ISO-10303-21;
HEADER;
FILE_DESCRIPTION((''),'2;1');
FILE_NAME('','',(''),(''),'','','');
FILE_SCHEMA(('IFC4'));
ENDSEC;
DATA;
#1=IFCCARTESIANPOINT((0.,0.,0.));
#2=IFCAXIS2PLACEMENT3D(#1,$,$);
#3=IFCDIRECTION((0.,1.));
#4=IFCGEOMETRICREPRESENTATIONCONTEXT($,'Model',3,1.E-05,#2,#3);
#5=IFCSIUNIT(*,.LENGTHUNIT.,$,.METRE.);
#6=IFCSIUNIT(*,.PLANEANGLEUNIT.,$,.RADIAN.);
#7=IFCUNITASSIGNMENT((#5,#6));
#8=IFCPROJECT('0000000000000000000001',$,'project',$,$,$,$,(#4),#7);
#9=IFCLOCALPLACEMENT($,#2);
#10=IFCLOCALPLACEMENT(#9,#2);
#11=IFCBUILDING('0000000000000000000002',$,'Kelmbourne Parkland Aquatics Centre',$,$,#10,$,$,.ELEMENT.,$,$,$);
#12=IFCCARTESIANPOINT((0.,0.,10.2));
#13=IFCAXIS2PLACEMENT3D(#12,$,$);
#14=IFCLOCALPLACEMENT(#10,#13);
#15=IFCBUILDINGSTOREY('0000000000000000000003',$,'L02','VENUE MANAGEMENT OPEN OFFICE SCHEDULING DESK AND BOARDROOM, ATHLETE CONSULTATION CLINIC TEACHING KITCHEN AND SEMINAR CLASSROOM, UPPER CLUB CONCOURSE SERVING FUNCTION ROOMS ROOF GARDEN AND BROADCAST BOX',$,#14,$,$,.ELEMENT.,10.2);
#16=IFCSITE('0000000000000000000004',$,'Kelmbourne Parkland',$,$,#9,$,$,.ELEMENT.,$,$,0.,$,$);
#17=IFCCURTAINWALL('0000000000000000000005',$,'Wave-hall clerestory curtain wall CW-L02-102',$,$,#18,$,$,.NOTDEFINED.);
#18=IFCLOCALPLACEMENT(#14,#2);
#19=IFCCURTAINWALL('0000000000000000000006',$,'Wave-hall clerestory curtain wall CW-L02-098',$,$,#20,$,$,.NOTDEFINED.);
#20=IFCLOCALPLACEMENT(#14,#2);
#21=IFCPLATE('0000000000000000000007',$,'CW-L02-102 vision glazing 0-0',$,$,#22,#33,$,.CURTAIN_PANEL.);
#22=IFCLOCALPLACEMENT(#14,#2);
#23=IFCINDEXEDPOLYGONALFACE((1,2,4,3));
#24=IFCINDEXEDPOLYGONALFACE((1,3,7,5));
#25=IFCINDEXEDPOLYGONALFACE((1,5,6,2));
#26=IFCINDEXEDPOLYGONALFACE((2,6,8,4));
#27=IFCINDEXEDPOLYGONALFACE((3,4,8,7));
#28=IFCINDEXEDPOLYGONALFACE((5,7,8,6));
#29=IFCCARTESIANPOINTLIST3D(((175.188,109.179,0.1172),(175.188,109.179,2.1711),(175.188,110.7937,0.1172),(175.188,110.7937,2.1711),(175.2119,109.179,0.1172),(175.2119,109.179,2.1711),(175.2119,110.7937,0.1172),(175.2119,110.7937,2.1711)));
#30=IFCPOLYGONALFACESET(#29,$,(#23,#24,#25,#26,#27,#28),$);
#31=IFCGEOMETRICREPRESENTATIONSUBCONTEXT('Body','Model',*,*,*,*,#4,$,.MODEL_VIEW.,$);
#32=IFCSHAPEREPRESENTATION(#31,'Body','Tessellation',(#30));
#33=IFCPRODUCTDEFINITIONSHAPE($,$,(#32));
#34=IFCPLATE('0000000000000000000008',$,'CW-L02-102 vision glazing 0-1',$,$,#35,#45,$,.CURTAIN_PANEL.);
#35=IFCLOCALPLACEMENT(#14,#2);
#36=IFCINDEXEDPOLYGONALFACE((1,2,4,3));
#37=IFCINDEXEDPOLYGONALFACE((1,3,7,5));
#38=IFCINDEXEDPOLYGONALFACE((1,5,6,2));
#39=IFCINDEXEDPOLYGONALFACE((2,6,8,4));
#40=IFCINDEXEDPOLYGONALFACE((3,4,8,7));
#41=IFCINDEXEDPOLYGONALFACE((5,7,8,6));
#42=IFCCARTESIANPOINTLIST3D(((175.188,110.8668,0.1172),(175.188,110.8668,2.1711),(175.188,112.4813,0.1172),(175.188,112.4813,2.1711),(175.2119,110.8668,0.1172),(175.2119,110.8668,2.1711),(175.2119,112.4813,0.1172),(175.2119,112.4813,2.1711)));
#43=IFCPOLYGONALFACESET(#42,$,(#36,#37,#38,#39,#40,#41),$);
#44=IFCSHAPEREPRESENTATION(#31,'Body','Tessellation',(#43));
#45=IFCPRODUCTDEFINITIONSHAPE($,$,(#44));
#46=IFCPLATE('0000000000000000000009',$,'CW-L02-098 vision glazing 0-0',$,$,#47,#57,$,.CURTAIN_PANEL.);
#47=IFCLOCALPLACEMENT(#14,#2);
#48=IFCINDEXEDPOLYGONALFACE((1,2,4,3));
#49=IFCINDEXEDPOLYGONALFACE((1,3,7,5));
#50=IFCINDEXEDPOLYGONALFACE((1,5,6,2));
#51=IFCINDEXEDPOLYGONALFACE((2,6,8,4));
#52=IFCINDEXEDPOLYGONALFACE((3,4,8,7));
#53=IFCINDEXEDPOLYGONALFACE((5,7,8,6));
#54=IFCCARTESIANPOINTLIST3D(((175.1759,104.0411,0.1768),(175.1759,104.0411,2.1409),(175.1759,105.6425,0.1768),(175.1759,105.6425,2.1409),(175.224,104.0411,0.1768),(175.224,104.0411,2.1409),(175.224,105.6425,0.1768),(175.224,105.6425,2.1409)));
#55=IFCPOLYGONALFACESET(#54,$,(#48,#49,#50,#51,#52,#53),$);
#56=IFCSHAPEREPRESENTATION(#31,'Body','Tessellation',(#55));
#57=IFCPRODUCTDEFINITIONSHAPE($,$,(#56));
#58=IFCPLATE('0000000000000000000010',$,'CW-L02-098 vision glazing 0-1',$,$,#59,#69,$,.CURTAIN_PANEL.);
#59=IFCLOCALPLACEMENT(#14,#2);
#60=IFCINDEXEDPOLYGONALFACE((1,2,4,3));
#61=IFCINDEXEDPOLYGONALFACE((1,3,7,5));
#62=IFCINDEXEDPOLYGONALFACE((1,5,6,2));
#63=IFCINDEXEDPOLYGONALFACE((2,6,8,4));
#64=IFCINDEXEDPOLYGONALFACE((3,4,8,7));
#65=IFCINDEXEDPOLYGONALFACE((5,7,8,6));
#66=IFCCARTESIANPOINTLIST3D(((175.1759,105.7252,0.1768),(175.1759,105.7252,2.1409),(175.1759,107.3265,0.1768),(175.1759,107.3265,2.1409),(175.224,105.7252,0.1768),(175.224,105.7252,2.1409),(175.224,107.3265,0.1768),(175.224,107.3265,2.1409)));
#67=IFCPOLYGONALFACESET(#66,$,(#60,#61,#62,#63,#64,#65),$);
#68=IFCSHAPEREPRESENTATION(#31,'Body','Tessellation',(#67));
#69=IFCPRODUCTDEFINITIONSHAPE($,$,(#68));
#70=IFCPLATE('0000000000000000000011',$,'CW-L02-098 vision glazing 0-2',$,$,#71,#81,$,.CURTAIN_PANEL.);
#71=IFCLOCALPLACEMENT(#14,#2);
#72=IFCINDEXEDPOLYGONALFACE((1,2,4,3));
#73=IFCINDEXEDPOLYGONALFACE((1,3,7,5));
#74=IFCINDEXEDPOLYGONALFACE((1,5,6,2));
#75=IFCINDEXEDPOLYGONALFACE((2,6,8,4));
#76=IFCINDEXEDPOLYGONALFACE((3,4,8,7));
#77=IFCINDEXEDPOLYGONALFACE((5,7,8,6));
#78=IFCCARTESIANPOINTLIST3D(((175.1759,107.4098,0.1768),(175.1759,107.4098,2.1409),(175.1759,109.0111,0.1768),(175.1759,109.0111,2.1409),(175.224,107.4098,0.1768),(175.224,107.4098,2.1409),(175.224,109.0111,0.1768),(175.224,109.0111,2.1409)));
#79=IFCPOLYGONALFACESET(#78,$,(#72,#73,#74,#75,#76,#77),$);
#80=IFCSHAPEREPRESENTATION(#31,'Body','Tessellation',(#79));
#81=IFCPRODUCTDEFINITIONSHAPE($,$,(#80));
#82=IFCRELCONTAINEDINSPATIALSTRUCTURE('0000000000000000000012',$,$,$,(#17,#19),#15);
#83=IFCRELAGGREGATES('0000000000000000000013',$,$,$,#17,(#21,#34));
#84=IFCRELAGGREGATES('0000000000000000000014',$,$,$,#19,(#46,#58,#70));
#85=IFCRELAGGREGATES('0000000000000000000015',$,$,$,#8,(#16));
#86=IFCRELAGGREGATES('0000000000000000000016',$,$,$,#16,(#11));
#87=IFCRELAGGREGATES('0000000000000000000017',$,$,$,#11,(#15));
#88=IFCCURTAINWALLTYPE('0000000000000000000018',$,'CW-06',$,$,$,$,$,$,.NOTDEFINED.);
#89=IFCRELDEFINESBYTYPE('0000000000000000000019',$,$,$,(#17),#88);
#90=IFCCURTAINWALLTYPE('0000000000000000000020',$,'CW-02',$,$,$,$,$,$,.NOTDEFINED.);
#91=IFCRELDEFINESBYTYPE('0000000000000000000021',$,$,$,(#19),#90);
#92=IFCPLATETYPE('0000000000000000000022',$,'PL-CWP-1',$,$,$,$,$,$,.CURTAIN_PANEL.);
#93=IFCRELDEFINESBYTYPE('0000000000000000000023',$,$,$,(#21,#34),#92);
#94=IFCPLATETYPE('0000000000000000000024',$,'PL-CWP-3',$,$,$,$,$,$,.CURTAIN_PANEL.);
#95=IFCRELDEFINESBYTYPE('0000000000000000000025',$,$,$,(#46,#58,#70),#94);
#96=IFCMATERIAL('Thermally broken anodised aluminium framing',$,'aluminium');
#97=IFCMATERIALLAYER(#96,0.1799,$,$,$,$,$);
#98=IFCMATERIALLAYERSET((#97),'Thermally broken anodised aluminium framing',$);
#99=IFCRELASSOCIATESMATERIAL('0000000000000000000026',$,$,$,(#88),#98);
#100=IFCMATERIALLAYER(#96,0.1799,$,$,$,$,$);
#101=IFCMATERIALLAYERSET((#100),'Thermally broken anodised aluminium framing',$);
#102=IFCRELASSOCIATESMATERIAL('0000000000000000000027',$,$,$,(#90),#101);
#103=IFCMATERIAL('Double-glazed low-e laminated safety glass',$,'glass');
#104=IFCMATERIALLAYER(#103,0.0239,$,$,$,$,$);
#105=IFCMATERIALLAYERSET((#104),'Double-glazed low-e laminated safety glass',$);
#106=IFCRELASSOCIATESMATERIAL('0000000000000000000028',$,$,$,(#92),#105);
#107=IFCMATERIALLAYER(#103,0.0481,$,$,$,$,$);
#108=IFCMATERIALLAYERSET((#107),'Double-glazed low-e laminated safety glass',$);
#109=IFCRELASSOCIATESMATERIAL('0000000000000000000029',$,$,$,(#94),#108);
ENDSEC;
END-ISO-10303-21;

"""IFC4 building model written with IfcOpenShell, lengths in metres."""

from ifc_helpers import new_model, si_unit, direction, frame, origin, origin_2d, place, context, subcontext, project, spatial, rectangle, extrude, material, layer, layer_set, type_object, element, aggregate, save


model = new_model("IFC4")

# Units and contexts
model_context = context("Model", 3, precision=1e-05, world=origin(), true_north=direction((0.0, 1.0)))
body_context = subcontext(model_context, "Body", "Model", "MODEL_VIEW")
ifc_project = project(units=[si_unit("LENGTHUNIT", "METRE"), si_unit("PLANEANGLEUNIT", "RADIAN")], contexts=[model_context])

# Site, building, storey
site_placement = place(None, origin())
site = spatial("IfcSite", under=ifc_project, at=site_placement, Name="Kelmbourne Parkland", CompositionType="ELEMENT", RefElevation=0.0)
building_placement = place(site_placement, origin())
building = spatial("IfcBuilding", under=site, at=building_placement, Name="Kelmbourne Parkland Aquatics Centre", CompositionType="ELEMENT")
storey_placement = place(building_placement, frame((0.0, 0.0, 10.2)))
storey = spatial("IfcBuildingStorey", under=building, at=storey_placement, Name="L02", Description="VENUE MANAGEMENT OPEN OFFICE SCHEDULING DESK AND BOARDROOM, ATHLETE CONSULTATION CLINIC TEACHING KITCHEN AND SEMINAR CLASSROOM, UPPER CLUB CONCOURSE SERVING FUNCTION ROOMS ROOF GARDEN AND BROADCAST BOX", CompositionType="ELEMENT", Elevation=10.2)

# Curtain walls
ifc_material_1 = material(Name="Thermally broken anodised aluminium framing", Category="aluminium")
ifc_layer_1 = layer(ifc_material_1, 0.1799)
ifc_layer_set_1 = layer_set([ifc_layer_1], Name="Thermally broken anodised aluminium framing")
curtain_wall_type_1 = type_object("IfcCurtainWallType", Name="CW-06", PredefinedType="NOTDEFINED", material=ifc_layer_set_1)
curtain_wall_1_placement = place(storey_placement, origin())
curtain_wall_1 = element("IfcCurtainWall", 1, at=curtain_wall_1_placement, inside=storey, type_object=curtain_wall_type_1, Name="Wave-hall clerestory curtain wall CW-L02-102", PredefinedType="NOTDEFINED")
ifc_layer_2 = layer(ifc_material_1, 0.1799)
ifc_layer_set_2 = layer_set([ifc_layer_2], Name="Thermally broken anodised aluminium framing")
curtain_wall_type_2 = type_object("IfcCurtainWallType", Name="CW-02", PredefinedType="NOTDEFINED", material=ifc_layer_set_2)
curtain_wall_2_placement = place(storey_placement, origin())
curtain_wall_2 = element("IfcCurtainWall", 2, at=curtain_wall_2_placement, inside=storey, type_object=curtain_wall_type_2, Name="Wave-hall clerestory curtain wall CW-L02-098", PredefinedType="NOTDEFINED")

# Plates
ifc_material_2 = material(Name="Double-glazed low-e laminated safety glass", Category="glass")
ifc_layer_3 = layer(ifc_material_2, 0.0239)
ifc_layer_set_3 = layer_set([ifc_layer_3], Name="Double-glazed low-e laminated safety glass")
plate_type_1 = type_object("IfcPlateType", Name="PL-CWP-1", PredefinedType="CURTAIN_PANEL", material=ifc_layer_set_3)
plate_1_placement = place(storey_placement, frame((175.2, 109.9863, 0.1172), z_axis=(0.0, 0.0, 1.0), x_axis=(0.0, 1.0, 0.0)))
plate_1 = element("IfcPlate", 3, at=plate_1_placement, type_object=plate_type_1, Name="CW-L02-102 vision glazing 0-0", PredefinedType="CURTAIN_PANEL", context=body_context, shape_type="SweptSolid", body=[
    extrude(rectangle(XDim=1.6147, YDim=0.0239, at=origin_2d()), origin(), (0.0, 0.0, 1.0), 2.054),
])
plate_2_placement = place(storey_placement, frame((175.2, 111.6741, 0.1172), z_axis=(0.0, 0.0, 1.0), x_axis=(0.0, 1.0, 0.0)))
plate_2 = element("IfcPlate", 4, at=plate_2_placement, type_object=plate_type_1, Name="CW-L02-102 vision glazing 0-1", PredefinedType="CURTAIN_PANEL", context=body_context, shape_type="SweptSolid", body=[
    extrude(rectangle(XDim=1.6145, YDim=0.0239, at=origin_2d()), origin(), (0.0, 0.0, 1.0), 2.054),
])
aggregate(curtain_wall_1, [plate_1, plate_2])
ifc_layer_4 = layer(ifc_material_2, 0.0481)
ifc_layer_set_4 = layer_set([ifc_layer_4], Name="Double-glazed low-e laminated safety glass")
plate_type_2 = type_object("IfcPlateType", Name="PL-CWP-3", PredefinedType="CURTAIN_PANEL", material=ifc_layer_set_4)
plate_3_placement = place(storey_placement, frame((175.2, 104.8418, 0.1768), z_axis=(0.0, 0.0, 1.0), x_axis=(0.0, 1.0, 0.0)))
plate_3 = element("IfcPlate", 5, at=plate_3_placement, type_object=plate_type_2, Name="CW-L02-098 vision glazing 0-0", PredefinedType="CURTAIN_PANEL", context=body_context, shape_type="SweptSolid", body=[
    extrude(rectangle(XDim=1.6013, YDim=0.0481, at=origin_2d()), origin(), (0.0, 0.0, 1.0), 1.9641),
])
plate_4_placement = place(storey_placement, frame((175.2, 106.5259, 0.1768), z_axis=(0.0, 0.0, 1.0), x_axis=(0.0, 1.0, 0.0)))
plate_4 = element("IfcPlate", 6, at=plate_4_placement, type_object=plate_type_2, Name="CW-L02-098 vision glazing 0-1", PredefinedType="CURTAIN_PANEL", context=body_context, shape_type="SweptSolid", body=[
    extrude(rectangle(XDim=1.6013, YDim=0.0481, at=origin_2d()), origin(), (0.0, 0.0, 1.0), 1.9641),
])
plate_5_placement = place(storey_placement, frame((175.2, 108.2104, 0.1768), z_axis=(0.0, 0.0, 1.0), x_axis=(0.0, 1.0, 0.0)))
plate_5 = element("IfcPlate", 7, at=plate_5_placement, type_object=plate_type_2, Name="CW-L02-098 vision glazing 0-2", PredefinedType="CURTAIN_PANEL", context=body_context, shape_type="SweptSolid", body=[
    extrude(rectangle(XDim=1.6013, YDim=0.0481, at=origin_2d()), origin(), (0.0, 0.0, 1.0), 1.9641),
])
aggregate(curtain_wall_2, [plate_3, plate_4, plate_5])

save(model, "model.ifc")
